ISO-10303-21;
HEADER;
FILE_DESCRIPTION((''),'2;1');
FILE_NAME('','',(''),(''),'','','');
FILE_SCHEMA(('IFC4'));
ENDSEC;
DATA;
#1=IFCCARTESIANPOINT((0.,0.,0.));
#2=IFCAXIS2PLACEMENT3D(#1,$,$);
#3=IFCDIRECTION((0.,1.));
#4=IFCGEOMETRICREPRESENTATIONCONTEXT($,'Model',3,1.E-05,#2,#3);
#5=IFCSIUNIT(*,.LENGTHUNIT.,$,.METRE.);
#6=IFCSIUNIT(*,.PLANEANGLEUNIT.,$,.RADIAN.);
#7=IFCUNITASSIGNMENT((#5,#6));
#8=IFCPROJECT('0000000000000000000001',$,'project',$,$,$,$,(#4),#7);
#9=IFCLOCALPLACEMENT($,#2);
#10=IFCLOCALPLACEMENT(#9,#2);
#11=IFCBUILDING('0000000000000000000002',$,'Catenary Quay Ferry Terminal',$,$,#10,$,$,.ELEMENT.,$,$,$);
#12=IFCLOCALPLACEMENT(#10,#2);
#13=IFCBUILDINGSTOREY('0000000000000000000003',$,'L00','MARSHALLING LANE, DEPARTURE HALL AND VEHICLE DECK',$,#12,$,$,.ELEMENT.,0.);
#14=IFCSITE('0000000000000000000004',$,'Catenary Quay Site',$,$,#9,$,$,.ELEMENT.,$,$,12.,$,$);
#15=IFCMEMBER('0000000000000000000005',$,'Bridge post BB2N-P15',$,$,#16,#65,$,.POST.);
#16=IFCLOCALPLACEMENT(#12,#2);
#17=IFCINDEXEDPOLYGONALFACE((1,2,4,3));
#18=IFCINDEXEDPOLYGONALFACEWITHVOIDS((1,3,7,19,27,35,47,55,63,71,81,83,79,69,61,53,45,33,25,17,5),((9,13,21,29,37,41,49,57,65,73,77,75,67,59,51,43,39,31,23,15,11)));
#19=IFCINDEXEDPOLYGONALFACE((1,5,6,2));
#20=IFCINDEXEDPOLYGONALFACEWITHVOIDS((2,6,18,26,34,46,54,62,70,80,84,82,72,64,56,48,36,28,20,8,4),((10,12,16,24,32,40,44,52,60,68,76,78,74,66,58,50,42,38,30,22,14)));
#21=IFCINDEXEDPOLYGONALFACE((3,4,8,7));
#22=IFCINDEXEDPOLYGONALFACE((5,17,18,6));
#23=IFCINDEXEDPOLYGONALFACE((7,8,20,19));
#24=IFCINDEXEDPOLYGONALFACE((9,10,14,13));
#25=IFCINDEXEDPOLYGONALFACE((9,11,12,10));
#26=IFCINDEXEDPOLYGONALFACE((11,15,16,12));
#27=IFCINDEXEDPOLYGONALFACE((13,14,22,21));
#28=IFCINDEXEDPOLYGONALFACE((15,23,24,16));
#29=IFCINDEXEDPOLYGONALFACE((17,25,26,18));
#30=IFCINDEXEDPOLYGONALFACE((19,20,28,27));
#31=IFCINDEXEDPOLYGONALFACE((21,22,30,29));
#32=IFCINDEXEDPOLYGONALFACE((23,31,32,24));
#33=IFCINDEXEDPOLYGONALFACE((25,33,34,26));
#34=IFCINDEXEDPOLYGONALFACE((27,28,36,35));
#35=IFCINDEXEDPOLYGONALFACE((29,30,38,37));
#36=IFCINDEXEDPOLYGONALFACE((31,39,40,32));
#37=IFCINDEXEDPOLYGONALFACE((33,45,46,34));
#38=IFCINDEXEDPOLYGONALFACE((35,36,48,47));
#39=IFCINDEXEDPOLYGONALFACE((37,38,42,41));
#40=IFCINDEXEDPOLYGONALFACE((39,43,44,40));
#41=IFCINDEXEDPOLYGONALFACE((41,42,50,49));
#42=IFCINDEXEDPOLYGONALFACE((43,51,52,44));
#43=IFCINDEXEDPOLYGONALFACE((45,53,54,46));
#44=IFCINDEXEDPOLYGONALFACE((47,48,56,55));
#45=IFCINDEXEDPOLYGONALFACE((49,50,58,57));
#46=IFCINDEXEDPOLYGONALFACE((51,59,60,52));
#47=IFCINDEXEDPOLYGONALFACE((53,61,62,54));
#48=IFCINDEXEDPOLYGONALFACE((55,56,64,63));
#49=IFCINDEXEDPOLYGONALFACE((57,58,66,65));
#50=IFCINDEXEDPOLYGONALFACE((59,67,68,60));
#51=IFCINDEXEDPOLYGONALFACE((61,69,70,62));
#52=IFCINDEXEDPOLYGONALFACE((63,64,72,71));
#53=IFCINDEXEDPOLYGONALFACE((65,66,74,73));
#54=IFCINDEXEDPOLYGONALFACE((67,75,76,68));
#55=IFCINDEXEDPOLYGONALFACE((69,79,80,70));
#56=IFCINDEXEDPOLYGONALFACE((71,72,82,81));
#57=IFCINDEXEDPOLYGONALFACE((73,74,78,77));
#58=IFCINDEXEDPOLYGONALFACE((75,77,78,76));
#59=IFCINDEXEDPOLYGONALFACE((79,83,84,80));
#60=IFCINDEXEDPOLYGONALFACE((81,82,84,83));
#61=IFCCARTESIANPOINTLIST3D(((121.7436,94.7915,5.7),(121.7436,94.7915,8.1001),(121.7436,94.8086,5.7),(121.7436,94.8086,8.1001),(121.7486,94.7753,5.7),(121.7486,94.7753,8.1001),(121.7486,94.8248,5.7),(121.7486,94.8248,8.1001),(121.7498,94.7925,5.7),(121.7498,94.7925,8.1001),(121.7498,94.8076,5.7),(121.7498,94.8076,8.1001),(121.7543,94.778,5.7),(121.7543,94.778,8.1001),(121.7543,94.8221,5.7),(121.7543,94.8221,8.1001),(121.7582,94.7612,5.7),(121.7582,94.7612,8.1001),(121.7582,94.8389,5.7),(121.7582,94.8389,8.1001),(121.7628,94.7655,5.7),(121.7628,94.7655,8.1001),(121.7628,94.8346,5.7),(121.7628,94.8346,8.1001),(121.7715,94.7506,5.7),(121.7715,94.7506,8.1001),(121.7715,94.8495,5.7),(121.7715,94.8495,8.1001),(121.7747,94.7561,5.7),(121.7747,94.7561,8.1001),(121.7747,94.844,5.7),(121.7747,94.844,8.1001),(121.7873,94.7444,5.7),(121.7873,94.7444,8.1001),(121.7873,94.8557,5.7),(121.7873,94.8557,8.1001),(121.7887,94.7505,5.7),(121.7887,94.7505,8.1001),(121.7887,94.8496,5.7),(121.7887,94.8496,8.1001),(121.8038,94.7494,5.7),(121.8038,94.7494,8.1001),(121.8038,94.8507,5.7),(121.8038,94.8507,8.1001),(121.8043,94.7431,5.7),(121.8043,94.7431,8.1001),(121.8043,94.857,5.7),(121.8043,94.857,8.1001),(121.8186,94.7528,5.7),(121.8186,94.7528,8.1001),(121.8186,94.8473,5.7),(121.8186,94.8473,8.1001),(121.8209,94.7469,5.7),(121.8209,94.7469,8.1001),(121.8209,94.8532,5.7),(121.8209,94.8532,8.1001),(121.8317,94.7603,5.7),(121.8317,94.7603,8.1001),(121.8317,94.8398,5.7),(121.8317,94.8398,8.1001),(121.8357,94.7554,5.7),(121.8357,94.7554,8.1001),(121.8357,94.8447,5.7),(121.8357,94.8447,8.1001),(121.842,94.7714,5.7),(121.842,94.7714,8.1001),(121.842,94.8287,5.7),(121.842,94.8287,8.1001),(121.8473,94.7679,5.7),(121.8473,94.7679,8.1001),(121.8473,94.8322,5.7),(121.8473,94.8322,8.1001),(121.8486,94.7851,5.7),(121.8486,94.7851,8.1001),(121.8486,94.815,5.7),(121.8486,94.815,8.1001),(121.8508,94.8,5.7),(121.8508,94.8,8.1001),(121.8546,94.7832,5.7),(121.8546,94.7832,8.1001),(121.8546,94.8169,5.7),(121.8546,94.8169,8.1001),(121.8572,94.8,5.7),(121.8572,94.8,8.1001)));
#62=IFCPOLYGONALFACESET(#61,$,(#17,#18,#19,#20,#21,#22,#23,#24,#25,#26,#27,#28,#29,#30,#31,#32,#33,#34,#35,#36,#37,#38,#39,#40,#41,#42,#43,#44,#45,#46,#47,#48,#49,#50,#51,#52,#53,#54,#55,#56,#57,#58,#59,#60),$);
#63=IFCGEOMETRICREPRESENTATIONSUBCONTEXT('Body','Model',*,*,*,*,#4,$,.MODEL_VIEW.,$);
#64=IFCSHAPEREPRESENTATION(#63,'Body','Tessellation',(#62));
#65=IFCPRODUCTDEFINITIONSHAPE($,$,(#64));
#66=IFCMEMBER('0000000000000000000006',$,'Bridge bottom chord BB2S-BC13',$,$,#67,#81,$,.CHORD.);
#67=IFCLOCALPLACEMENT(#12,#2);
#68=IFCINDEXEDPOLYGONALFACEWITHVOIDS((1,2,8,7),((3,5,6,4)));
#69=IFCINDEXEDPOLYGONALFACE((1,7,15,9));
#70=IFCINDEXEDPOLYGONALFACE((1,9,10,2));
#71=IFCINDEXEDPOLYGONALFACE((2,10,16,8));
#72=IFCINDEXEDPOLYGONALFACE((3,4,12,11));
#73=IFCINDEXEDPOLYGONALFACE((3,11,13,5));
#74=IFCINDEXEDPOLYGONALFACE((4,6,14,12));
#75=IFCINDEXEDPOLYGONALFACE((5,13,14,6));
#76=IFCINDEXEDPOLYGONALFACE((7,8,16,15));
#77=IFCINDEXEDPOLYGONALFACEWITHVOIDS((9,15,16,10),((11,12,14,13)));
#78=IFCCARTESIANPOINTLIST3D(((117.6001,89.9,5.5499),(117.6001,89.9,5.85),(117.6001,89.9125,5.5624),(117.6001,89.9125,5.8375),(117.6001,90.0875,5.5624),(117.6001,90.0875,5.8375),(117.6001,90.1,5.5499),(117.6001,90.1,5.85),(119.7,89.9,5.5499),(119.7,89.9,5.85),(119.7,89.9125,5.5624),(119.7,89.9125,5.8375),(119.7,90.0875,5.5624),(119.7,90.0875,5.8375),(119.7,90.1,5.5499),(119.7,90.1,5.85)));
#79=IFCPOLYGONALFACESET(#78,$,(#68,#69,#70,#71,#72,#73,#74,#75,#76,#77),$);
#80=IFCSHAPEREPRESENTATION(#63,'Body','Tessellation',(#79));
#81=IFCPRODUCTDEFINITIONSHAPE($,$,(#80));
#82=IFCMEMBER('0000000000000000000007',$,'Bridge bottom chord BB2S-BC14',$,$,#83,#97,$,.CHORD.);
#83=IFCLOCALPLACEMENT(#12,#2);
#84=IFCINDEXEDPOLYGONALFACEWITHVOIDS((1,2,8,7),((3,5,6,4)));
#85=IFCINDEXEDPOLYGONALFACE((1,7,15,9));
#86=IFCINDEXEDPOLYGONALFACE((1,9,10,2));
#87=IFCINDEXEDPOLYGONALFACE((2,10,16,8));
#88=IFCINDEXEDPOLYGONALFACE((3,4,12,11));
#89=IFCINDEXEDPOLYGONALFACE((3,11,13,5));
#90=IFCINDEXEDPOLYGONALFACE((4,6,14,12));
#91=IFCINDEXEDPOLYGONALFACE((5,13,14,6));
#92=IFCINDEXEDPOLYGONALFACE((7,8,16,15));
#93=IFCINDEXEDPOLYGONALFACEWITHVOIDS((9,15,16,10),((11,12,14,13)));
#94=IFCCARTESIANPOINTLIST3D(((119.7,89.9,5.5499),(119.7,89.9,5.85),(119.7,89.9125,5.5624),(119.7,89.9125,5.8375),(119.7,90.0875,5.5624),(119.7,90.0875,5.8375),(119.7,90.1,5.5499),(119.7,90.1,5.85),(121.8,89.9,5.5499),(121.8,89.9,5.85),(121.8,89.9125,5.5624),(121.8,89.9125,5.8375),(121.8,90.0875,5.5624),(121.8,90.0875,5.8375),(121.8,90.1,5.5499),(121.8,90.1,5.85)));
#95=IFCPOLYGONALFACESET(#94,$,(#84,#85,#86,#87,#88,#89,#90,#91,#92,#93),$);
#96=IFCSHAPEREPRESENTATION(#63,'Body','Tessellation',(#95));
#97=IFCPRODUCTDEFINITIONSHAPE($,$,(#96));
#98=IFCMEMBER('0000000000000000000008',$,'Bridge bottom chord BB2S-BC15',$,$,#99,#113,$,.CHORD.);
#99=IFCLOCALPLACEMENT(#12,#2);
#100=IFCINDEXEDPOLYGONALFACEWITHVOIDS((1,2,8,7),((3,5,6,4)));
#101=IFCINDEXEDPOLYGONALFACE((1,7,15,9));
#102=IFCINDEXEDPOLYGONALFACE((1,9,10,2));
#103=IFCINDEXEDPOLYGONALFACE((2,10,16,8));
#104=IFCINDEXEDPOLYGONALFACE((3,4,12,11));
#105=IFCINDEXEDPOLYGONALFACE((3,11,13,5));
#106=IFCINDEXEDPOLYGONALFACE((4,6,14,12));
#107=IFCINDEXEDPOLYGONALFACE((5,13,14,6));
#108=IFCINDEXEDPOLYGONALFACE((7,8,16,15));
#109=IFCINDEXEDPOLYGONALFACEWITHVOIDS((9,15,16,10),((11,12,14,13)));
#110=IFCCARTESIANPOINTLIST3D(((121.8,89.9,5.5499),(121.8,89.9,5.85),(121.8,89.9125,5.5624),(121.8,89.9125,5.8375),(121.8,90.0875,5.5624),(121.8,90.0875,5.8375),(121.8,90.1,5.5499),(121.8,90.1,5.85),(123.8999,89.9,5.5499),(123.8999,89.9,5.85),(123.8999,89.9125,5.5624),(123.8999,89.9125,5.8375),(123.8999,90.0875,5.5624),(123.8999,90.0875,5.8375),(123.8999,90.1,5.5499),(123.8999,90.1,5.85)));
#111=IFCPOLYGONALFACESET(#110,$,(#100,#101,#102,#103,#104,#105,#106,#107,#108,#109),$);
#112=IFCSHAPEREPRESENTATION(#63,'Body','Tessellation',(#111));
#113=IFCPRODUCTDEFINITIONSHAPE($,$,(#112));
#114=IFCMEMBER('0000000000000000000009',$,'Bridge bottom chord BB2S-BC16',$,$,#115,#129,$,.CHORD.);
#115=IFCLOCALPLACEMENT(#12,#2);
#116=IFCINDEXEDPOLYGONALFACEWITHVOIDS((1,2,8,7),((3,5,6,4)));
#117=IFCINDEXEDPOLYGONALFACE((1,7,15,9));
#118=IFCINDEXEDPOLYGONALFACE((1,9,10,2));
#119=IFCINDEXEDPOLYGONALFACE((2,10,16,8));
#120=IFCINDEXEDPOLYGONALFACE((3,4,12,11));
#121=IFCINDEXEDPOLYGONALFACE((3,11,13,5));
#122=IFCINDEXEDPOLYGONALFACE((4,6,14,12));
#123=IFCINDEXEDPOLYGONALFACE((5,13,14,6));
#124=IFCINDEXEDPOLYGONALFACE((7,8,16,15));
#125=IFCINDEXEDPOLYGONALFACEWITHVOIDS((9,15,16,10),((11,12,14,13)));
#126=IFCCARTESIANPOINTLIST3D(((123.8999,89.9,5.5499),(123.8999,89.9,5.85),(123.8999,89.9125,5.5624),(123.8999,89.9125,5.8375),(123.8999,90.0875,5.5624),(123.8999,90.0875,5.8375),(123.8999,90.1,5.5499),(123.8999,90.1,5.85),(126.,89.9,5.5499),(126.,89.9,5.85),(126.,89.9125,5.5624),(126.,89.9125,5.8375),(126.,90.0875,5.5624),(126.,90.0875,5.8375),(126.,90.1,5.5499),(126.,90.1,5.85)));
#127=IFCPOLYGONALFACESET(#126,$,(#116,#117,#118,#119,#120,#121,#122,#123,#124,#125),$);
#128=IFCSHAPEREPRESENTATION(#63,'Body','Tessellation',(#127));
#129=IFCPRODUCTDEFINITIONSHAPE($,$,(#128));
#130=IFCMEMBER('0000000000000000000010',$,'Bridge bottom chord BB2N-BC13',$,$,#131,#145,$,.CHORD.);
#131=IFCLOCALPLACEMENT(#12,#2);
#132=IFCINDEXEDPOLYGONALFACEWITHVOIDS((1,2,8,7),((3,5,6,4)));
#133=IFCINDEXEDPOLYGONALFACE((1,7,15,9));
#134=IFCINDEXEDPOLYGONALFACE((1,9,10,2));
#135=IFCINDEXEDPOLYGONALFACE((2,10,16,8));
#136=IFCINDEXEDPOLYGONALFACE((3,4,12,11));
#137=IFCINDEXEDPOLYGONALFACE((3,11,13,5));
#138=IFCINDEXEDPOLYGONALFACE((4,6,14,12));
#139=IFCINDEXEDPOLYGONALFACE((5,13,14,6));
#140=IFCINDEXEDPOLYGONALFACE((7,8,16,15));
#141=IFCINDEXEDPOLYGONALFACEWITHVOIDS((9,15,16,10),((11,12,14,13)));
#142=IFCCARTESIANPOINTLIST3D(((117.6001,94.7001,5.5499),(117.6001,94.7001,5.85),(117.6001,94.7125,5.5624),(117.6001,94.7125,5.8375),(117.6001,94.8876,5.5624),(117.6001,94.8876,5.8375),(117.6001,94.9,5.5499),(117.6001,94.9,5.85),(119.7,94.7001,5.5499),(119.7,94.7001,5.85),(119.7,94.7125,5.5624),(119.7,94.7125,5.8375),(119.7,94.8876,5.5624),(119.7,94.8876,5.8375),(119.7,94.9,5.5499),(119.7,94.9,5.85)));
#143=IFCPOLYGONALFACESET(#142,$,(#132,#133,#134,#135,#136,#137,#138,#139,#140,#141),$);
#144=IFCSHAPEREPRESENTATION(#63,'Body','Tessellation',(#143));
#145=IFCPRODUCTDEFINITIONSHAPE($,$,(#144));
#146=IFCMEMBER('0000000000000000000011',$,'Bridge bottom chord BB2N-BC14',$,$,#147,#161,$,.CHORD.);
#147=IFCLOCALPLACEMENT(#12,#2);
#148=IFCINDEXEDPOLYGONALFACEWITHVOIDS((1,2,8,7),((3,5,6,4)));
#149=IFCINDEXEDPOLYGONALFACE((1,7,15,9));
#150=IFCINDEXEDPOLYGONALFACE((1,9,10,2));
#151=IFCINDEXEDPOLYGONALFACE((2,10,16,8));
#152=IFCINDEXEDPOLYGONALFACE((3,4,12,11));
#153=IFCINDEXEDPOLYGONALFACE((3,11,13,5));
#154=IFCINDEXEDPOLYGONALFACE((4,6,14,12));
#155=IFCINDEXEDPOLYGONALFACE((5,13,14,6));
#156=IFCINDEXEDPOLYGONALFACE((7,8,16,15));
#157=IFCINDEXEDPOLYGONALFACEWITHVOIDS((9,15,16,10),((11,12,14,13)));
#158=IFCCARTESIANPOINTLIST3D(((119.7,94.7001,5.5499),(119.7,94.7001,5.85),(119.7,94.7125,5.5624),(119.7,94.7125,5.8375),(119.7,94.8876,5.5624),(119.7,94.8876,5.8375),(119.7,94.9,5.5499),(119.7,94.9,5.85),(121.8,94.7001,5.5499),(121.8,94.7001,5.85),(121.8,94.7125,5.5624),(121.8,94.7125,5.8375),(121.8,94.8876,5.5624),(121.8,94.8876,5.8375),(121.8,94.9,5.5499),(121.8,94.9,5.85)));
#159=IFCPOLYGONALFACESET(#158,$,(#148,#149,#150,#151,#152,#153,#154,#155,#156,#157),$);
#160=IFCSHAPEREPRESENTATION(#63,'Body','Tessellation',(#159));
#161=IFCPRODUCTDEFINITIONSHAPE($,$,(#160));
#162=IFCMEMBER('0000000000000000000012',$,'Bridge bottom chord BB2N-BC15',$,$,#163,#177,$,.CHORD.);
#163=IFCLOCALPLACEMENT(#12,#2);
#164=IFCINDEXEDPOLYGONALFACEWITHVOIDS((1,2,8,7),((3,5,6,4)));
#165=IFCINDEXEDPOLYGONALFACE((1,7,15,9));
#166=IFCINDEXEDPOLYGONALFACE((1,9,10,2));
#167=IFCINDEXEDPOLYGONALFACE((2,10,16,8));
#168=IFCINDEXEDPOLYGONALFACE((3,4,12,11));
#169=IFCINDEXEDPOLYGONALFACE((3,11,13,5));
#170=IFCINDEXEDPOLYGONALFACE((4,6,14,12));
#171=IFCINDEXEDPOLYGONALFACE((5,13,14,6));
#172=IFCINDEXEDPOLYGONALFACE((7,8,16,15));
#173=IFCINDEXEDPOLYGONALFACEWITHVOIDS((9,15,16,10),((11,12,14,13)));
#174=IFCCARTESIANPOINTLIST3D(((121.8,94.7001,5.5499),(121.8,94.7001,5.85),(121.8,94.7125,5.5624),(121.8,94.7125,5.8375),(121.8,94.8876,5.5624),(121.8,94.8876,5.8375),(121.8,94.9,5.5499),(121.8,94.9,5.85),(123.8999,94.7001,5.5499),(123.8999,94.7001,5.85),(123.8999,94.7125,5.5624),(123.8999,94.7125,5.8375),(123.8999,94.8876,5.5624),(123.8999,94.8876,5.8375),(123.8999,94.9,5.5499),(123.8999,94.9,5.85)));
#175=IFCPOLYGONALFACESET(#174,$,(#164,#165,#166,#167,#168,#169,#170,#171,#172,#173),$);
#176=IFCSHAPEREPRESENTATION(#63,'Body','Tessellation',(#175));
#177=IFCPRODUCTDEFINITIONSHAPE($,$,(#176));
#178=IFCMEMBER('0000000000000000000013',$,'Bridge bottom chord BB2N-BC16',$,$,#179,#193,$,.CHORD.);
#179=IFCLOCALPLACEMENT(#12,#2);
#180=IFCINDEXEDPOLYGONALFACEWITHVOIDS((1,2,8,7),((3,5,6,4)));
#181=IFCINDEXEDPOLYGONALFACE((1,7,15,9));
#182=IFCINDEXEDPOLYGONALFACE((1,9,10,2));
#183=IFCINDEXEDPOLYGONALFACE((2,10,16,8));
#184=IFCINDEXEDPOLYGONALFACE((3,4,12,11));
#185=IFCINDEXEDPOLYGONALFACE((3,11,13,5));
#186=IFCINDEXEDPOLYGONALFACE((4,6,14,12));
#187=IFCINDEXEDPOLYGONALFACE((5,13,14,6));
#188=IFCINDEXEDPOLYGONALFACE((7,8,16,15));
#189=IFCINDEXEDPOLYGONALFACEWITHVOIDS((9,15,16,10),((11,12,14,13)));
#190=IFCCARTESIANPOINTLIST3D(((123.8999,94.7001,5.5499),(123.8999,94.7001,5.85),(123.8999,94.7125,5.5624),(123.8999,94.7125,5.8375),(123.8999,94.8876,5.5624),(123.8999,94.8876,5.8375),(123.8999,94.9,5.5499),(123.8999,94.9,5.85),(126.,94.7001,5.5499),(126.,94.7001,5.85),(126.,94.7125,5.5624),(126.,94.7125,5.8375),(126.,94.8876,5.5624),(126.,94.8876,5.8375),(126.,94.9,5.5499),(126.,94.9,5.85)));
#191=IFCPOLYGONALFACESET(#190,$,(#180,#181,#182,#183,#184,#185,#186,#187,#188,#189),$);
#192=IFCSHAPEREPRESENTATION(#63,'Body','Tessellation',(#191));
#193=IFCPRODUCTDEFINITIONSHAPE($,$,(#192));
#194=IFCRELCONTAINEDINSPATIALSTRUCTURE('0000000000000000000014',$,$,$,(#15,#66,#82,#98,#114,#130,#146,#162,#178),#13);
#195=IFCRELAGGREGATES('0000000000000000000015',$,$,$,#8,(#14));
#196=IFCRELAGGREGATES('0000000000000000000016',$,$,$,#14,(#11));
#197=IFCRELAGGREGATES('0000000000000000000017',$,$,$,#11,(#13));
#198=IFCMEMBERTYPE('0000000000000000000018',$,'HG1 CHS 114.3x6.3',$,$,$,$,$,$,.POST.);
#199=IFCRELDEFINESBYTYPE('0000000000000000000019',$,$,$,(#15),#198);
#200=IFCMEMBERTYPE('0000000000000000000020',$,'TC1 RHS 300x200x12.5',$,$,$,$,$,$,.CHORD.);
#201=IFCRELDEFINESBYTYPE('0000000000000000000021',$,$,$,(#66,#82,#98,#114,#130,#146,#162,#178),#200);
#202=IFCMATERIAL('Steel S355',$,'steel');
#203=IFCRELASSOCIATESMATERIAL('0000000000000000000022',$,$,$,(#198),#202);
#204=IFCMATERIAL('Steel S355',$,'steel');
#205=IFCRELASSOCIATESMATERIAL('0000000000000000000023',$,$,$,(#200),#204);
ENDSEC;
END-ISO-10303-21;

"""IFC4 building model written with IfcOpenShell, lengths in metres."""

from ifc_helpers import new_model, si_unit, direction, frame, origin, origin_2d, place, context, subcontext, project, spatial, hollow_rectangle, hollow_circle, extrude, material, material_profile, profile_set, type_object, element, save


model = new_model("IFC4")

# Units and contexts
model_context = context("Model", 3, precision=1e-05, world=origin(), true_north=direction((0.0, 1.0)))
body_context = subcontext(model_context, "Body", "Model", "MODEL_VIEW")
ifc_project = project(units=[si_unit("LENGTHUNIT", "METRE"), si_unit("PLANEANGLEUNIT", "RADIAN")], contexts=[model_context])

# Site, building, storey
site_placement = place(None, origin())
site = spatial("IfcSite", under=ifc_project, at=site_placement, Name="Catenary Quay Site", CompositionType="ELEMENT", RefElevation=12.0)
building_placement = place(site_placement, origin())
building = spatial("IfcBuilding", under=site, at=building_placement, Name="Catenary Quay Ferry Terminal", CompositionType="ELEMENT")
storey_placement = place(building_placement, origin())
storey = spatial("IfcBuildingStorey", under=building, at=storey_placement, Name="L00", Description="MARSHALLING LANE, DEPARTURE HALL AND VEHICLE DECK", CompositionType="ELEMENT", Elevation=0.0)

# Members
ifc_material_1 = material(Name="Steel S355", Category="steel")
ifc_material_profile_1 = material_profile(ifc_material_1, hollow_circle(Radius=0.0571, WallThickness=0.0063, at=origin_2d()), Name="CHS 114.3x6.3")
ifc_profile_set_1 = profile_set([ifc_material_profile_1], Name="Steel S355")
member_type_1 = type_object("IfcMemberType", Name="HG1 CHS 114.3x6.3", PredefinedType="POST", material=ifc_profile_set_1)
for number, where, z_axis, x_axis, name in (
    (1, (121.8, 94.8, 5.7), (0.0, 0.0, 1.0), (1.0, 0.0, 0.0), "Bridge post BB2N-P15"),
):
    element("IfcMember", number, at=place(storey_placement, frame(where, z_axis=z_axis, x_axis=x_axis)), inside=storey, type_object=member_type_1, Name=name, PredefinedType="POST", context=body_context, shape_type="SweptSolid", body=[
        extrude(hollow_circle(Radius=0.0571, WallThickness=0.0063, at=origin_2d()), origin(), (0.0, 0.0, 1.0), 2.4001),
    ])
ifc_material_2 = material(Name="Steel S355", Category="steel")
ifc_material_profile_2 = material_profile(ifc_material_2, hollow_rectangle(XDim=0.2, YDim=0.3, WallThickness=0.0125, at=origin_2d()), Name="RHS 300x200x12.5")
ifc_profile_set_2 = profile_set([ifc_material_profile_2], Name="Steel S355")
member_type_2 = type_object("IfcMemberType", Name="TC1 RHS 300x200x12.5", PredefinedType="CHORD", material=ifc_profile_set_2)
member_1_placement = place(storey_placement, frame((117.6001, 90.0, 5.7), z_axis=(1.0, 0.0, 0.0), x_axis=(0.0, 1.0, 0.0)))
element("IfcMember", 2, at=member_1_placement, inside=storey, type_object=member_type_2, Name="Bridge bottom chord BB2S-BC13", PredefinedType="CHORD", context=body_context, shape_type="SweptSolid", body=[
    extrude(hollow_rectangle(XDim=0.2, YDim=0.3, WallThickness=0.0125, at=origin_2d()), origin(), (0.0, 0.0, 1.0), 2.0999),
])
member_2_placement = place(storey_placement, frame((119.7, 90.0, 5.7), z_axis=(1.0, 0.0, 0.0), x_axis=(0.0, 1.0, 0.0)))
element("IfcMember", 3, at=member_2_placement, inside=storey, type_object=member_type_2, Name="Bridge bottom chord BB2S-BC14", PredefinedType="CHORD", context=body_context, shape_type="SweptSolid", body=[
    extrude(hollow_rectangle(XDim=0.2, YDim=0.3, WallThickness=0.0125, at=origin_2d()), origin(), (0.0, 0.0, 1.0), 2.1001),
])
member_3_placement = place(storey_placement, frame((121.8, 90.0, 5.7), z_axis=(1.0, 0.0, 0.0), x_axis=(0.0, 1.0, 0.0)))
element("IfcMember", 4, at=member_3_placement, inside=storey, type_object=member_type_2, Name="Bridge bottom chord BB2S-BC15", PredefinedType="CHORD", context=body_context, shape_type="SweptSolid", body=[
    extrude(hollow_rectangle(XDim=0.2, YDim=0.3, WallThickness=0.0125, at=origin_2d()), origin(), (0.0, 0.0, 1.0), 2.0999),
])
member_4_placement = place(storey_placement, frame((123.8999, 90.0, 5.7), z_axis=(1.0, 0.0, 0.0), x_axis=(0.0, 1.0, 0.0)))
element("IfcMember", 5, at=member_4_placement, inside=storey, type_object=member_type_2, Name="Bridge bottom chord BB2S-BC16", PredefinedType="CHORD", context=body_context, shape_type="SweptSolid", body=[
    extrude(hollow_rectangle(XDim=0.2, YDim=0.3, WallThickness=0.0125, at=origin_2d()), origin(), (0.0, 0.0, 1.0), 2.1001),
])
member_5_placement = place(storey_placement, frame((117.6001, 94.8, 5.7), z_axis=(1.0, 0.0, 0.0), x_axis=(0.0, 1.0, 0.0)))
element("IfcMember", 6, at=member_5_placement, inside=storey, type_object=member_type_2, Name="Bridge bottom chord BB2N-BC13", PredefinedType="CHORD", context=body_context, shape_type="SweptSolid", body=[
    extrude(hollow_rectangle(XDim=0.2, YDim=0.3, WallThickness=0.0125, at=origin_2d()), origin(), (0.0, 0.0, 1.0), 2.0999),
])
member_6_placement = place(storey_placement, frame((119.7, 94.8, 5.7), z_axis=(1.0, 0.0, 0.0), x_axis=(0.0, 1.0, 0.0)))
element("IfcMember", 7, at=member_6_placement, inside=storey, type_object=member_type_2, Name="Bridge bottom chord BB2N-BC14", PredefinedType="CHORD", context=body_context, shape_type="SweptSolid", body=[
    extrude(hollow_rectangle(XDim=0.2, YDim=0.3, WallThickness=0.0125, at=origin_2d()), origin(), (0.0, 0.0, 1.0), 2.1001),
])
member_7_placement = place(storey_placement, frame((121.8, 94.8, 5.7), z_axis=(1.0, 0.0, 0.0), x_axis=(0.0, 1.0, 0.0)))
element("IfcMember", 8, at=member_7_placement, inside=storey, type_object=member_type_2, Name="Bridge bottom chord BB2N-BC15", PredefinedType="CHORD", context=body_context, shape_type="SweptSolid", body=[
    extrude(hollow_rectangle(XDim=0.2, YDim=0.3, WallThickness=0.0125, at=origin_2d()), origin(), (0.0, 0.0, 1.0), 2.0999),
])
member_8_placement = place(storey_placement, frame((123.8999, 94.8, 5.7), z_axis=(1.0, 0.0, 0.0), x_axis=(0.0, 1.0, 0.0)))
element("IfcMember", 9, at=member_8_placement, inside=storey, type_object=member_type_2, Name="Bridge bottom chord BB2N-BC16", PredefinedType="CHORD", context=body_context, shape_type="SweptSolid", body=[
    extrude(hollow_rectangle(XDim=0.2, YDim=0.3, WallThickness=0.0125, at=origin_2d()), origin(), (0.0, 0.0, 1.0), 2.1001),
])

save(model, "model.ifc")
